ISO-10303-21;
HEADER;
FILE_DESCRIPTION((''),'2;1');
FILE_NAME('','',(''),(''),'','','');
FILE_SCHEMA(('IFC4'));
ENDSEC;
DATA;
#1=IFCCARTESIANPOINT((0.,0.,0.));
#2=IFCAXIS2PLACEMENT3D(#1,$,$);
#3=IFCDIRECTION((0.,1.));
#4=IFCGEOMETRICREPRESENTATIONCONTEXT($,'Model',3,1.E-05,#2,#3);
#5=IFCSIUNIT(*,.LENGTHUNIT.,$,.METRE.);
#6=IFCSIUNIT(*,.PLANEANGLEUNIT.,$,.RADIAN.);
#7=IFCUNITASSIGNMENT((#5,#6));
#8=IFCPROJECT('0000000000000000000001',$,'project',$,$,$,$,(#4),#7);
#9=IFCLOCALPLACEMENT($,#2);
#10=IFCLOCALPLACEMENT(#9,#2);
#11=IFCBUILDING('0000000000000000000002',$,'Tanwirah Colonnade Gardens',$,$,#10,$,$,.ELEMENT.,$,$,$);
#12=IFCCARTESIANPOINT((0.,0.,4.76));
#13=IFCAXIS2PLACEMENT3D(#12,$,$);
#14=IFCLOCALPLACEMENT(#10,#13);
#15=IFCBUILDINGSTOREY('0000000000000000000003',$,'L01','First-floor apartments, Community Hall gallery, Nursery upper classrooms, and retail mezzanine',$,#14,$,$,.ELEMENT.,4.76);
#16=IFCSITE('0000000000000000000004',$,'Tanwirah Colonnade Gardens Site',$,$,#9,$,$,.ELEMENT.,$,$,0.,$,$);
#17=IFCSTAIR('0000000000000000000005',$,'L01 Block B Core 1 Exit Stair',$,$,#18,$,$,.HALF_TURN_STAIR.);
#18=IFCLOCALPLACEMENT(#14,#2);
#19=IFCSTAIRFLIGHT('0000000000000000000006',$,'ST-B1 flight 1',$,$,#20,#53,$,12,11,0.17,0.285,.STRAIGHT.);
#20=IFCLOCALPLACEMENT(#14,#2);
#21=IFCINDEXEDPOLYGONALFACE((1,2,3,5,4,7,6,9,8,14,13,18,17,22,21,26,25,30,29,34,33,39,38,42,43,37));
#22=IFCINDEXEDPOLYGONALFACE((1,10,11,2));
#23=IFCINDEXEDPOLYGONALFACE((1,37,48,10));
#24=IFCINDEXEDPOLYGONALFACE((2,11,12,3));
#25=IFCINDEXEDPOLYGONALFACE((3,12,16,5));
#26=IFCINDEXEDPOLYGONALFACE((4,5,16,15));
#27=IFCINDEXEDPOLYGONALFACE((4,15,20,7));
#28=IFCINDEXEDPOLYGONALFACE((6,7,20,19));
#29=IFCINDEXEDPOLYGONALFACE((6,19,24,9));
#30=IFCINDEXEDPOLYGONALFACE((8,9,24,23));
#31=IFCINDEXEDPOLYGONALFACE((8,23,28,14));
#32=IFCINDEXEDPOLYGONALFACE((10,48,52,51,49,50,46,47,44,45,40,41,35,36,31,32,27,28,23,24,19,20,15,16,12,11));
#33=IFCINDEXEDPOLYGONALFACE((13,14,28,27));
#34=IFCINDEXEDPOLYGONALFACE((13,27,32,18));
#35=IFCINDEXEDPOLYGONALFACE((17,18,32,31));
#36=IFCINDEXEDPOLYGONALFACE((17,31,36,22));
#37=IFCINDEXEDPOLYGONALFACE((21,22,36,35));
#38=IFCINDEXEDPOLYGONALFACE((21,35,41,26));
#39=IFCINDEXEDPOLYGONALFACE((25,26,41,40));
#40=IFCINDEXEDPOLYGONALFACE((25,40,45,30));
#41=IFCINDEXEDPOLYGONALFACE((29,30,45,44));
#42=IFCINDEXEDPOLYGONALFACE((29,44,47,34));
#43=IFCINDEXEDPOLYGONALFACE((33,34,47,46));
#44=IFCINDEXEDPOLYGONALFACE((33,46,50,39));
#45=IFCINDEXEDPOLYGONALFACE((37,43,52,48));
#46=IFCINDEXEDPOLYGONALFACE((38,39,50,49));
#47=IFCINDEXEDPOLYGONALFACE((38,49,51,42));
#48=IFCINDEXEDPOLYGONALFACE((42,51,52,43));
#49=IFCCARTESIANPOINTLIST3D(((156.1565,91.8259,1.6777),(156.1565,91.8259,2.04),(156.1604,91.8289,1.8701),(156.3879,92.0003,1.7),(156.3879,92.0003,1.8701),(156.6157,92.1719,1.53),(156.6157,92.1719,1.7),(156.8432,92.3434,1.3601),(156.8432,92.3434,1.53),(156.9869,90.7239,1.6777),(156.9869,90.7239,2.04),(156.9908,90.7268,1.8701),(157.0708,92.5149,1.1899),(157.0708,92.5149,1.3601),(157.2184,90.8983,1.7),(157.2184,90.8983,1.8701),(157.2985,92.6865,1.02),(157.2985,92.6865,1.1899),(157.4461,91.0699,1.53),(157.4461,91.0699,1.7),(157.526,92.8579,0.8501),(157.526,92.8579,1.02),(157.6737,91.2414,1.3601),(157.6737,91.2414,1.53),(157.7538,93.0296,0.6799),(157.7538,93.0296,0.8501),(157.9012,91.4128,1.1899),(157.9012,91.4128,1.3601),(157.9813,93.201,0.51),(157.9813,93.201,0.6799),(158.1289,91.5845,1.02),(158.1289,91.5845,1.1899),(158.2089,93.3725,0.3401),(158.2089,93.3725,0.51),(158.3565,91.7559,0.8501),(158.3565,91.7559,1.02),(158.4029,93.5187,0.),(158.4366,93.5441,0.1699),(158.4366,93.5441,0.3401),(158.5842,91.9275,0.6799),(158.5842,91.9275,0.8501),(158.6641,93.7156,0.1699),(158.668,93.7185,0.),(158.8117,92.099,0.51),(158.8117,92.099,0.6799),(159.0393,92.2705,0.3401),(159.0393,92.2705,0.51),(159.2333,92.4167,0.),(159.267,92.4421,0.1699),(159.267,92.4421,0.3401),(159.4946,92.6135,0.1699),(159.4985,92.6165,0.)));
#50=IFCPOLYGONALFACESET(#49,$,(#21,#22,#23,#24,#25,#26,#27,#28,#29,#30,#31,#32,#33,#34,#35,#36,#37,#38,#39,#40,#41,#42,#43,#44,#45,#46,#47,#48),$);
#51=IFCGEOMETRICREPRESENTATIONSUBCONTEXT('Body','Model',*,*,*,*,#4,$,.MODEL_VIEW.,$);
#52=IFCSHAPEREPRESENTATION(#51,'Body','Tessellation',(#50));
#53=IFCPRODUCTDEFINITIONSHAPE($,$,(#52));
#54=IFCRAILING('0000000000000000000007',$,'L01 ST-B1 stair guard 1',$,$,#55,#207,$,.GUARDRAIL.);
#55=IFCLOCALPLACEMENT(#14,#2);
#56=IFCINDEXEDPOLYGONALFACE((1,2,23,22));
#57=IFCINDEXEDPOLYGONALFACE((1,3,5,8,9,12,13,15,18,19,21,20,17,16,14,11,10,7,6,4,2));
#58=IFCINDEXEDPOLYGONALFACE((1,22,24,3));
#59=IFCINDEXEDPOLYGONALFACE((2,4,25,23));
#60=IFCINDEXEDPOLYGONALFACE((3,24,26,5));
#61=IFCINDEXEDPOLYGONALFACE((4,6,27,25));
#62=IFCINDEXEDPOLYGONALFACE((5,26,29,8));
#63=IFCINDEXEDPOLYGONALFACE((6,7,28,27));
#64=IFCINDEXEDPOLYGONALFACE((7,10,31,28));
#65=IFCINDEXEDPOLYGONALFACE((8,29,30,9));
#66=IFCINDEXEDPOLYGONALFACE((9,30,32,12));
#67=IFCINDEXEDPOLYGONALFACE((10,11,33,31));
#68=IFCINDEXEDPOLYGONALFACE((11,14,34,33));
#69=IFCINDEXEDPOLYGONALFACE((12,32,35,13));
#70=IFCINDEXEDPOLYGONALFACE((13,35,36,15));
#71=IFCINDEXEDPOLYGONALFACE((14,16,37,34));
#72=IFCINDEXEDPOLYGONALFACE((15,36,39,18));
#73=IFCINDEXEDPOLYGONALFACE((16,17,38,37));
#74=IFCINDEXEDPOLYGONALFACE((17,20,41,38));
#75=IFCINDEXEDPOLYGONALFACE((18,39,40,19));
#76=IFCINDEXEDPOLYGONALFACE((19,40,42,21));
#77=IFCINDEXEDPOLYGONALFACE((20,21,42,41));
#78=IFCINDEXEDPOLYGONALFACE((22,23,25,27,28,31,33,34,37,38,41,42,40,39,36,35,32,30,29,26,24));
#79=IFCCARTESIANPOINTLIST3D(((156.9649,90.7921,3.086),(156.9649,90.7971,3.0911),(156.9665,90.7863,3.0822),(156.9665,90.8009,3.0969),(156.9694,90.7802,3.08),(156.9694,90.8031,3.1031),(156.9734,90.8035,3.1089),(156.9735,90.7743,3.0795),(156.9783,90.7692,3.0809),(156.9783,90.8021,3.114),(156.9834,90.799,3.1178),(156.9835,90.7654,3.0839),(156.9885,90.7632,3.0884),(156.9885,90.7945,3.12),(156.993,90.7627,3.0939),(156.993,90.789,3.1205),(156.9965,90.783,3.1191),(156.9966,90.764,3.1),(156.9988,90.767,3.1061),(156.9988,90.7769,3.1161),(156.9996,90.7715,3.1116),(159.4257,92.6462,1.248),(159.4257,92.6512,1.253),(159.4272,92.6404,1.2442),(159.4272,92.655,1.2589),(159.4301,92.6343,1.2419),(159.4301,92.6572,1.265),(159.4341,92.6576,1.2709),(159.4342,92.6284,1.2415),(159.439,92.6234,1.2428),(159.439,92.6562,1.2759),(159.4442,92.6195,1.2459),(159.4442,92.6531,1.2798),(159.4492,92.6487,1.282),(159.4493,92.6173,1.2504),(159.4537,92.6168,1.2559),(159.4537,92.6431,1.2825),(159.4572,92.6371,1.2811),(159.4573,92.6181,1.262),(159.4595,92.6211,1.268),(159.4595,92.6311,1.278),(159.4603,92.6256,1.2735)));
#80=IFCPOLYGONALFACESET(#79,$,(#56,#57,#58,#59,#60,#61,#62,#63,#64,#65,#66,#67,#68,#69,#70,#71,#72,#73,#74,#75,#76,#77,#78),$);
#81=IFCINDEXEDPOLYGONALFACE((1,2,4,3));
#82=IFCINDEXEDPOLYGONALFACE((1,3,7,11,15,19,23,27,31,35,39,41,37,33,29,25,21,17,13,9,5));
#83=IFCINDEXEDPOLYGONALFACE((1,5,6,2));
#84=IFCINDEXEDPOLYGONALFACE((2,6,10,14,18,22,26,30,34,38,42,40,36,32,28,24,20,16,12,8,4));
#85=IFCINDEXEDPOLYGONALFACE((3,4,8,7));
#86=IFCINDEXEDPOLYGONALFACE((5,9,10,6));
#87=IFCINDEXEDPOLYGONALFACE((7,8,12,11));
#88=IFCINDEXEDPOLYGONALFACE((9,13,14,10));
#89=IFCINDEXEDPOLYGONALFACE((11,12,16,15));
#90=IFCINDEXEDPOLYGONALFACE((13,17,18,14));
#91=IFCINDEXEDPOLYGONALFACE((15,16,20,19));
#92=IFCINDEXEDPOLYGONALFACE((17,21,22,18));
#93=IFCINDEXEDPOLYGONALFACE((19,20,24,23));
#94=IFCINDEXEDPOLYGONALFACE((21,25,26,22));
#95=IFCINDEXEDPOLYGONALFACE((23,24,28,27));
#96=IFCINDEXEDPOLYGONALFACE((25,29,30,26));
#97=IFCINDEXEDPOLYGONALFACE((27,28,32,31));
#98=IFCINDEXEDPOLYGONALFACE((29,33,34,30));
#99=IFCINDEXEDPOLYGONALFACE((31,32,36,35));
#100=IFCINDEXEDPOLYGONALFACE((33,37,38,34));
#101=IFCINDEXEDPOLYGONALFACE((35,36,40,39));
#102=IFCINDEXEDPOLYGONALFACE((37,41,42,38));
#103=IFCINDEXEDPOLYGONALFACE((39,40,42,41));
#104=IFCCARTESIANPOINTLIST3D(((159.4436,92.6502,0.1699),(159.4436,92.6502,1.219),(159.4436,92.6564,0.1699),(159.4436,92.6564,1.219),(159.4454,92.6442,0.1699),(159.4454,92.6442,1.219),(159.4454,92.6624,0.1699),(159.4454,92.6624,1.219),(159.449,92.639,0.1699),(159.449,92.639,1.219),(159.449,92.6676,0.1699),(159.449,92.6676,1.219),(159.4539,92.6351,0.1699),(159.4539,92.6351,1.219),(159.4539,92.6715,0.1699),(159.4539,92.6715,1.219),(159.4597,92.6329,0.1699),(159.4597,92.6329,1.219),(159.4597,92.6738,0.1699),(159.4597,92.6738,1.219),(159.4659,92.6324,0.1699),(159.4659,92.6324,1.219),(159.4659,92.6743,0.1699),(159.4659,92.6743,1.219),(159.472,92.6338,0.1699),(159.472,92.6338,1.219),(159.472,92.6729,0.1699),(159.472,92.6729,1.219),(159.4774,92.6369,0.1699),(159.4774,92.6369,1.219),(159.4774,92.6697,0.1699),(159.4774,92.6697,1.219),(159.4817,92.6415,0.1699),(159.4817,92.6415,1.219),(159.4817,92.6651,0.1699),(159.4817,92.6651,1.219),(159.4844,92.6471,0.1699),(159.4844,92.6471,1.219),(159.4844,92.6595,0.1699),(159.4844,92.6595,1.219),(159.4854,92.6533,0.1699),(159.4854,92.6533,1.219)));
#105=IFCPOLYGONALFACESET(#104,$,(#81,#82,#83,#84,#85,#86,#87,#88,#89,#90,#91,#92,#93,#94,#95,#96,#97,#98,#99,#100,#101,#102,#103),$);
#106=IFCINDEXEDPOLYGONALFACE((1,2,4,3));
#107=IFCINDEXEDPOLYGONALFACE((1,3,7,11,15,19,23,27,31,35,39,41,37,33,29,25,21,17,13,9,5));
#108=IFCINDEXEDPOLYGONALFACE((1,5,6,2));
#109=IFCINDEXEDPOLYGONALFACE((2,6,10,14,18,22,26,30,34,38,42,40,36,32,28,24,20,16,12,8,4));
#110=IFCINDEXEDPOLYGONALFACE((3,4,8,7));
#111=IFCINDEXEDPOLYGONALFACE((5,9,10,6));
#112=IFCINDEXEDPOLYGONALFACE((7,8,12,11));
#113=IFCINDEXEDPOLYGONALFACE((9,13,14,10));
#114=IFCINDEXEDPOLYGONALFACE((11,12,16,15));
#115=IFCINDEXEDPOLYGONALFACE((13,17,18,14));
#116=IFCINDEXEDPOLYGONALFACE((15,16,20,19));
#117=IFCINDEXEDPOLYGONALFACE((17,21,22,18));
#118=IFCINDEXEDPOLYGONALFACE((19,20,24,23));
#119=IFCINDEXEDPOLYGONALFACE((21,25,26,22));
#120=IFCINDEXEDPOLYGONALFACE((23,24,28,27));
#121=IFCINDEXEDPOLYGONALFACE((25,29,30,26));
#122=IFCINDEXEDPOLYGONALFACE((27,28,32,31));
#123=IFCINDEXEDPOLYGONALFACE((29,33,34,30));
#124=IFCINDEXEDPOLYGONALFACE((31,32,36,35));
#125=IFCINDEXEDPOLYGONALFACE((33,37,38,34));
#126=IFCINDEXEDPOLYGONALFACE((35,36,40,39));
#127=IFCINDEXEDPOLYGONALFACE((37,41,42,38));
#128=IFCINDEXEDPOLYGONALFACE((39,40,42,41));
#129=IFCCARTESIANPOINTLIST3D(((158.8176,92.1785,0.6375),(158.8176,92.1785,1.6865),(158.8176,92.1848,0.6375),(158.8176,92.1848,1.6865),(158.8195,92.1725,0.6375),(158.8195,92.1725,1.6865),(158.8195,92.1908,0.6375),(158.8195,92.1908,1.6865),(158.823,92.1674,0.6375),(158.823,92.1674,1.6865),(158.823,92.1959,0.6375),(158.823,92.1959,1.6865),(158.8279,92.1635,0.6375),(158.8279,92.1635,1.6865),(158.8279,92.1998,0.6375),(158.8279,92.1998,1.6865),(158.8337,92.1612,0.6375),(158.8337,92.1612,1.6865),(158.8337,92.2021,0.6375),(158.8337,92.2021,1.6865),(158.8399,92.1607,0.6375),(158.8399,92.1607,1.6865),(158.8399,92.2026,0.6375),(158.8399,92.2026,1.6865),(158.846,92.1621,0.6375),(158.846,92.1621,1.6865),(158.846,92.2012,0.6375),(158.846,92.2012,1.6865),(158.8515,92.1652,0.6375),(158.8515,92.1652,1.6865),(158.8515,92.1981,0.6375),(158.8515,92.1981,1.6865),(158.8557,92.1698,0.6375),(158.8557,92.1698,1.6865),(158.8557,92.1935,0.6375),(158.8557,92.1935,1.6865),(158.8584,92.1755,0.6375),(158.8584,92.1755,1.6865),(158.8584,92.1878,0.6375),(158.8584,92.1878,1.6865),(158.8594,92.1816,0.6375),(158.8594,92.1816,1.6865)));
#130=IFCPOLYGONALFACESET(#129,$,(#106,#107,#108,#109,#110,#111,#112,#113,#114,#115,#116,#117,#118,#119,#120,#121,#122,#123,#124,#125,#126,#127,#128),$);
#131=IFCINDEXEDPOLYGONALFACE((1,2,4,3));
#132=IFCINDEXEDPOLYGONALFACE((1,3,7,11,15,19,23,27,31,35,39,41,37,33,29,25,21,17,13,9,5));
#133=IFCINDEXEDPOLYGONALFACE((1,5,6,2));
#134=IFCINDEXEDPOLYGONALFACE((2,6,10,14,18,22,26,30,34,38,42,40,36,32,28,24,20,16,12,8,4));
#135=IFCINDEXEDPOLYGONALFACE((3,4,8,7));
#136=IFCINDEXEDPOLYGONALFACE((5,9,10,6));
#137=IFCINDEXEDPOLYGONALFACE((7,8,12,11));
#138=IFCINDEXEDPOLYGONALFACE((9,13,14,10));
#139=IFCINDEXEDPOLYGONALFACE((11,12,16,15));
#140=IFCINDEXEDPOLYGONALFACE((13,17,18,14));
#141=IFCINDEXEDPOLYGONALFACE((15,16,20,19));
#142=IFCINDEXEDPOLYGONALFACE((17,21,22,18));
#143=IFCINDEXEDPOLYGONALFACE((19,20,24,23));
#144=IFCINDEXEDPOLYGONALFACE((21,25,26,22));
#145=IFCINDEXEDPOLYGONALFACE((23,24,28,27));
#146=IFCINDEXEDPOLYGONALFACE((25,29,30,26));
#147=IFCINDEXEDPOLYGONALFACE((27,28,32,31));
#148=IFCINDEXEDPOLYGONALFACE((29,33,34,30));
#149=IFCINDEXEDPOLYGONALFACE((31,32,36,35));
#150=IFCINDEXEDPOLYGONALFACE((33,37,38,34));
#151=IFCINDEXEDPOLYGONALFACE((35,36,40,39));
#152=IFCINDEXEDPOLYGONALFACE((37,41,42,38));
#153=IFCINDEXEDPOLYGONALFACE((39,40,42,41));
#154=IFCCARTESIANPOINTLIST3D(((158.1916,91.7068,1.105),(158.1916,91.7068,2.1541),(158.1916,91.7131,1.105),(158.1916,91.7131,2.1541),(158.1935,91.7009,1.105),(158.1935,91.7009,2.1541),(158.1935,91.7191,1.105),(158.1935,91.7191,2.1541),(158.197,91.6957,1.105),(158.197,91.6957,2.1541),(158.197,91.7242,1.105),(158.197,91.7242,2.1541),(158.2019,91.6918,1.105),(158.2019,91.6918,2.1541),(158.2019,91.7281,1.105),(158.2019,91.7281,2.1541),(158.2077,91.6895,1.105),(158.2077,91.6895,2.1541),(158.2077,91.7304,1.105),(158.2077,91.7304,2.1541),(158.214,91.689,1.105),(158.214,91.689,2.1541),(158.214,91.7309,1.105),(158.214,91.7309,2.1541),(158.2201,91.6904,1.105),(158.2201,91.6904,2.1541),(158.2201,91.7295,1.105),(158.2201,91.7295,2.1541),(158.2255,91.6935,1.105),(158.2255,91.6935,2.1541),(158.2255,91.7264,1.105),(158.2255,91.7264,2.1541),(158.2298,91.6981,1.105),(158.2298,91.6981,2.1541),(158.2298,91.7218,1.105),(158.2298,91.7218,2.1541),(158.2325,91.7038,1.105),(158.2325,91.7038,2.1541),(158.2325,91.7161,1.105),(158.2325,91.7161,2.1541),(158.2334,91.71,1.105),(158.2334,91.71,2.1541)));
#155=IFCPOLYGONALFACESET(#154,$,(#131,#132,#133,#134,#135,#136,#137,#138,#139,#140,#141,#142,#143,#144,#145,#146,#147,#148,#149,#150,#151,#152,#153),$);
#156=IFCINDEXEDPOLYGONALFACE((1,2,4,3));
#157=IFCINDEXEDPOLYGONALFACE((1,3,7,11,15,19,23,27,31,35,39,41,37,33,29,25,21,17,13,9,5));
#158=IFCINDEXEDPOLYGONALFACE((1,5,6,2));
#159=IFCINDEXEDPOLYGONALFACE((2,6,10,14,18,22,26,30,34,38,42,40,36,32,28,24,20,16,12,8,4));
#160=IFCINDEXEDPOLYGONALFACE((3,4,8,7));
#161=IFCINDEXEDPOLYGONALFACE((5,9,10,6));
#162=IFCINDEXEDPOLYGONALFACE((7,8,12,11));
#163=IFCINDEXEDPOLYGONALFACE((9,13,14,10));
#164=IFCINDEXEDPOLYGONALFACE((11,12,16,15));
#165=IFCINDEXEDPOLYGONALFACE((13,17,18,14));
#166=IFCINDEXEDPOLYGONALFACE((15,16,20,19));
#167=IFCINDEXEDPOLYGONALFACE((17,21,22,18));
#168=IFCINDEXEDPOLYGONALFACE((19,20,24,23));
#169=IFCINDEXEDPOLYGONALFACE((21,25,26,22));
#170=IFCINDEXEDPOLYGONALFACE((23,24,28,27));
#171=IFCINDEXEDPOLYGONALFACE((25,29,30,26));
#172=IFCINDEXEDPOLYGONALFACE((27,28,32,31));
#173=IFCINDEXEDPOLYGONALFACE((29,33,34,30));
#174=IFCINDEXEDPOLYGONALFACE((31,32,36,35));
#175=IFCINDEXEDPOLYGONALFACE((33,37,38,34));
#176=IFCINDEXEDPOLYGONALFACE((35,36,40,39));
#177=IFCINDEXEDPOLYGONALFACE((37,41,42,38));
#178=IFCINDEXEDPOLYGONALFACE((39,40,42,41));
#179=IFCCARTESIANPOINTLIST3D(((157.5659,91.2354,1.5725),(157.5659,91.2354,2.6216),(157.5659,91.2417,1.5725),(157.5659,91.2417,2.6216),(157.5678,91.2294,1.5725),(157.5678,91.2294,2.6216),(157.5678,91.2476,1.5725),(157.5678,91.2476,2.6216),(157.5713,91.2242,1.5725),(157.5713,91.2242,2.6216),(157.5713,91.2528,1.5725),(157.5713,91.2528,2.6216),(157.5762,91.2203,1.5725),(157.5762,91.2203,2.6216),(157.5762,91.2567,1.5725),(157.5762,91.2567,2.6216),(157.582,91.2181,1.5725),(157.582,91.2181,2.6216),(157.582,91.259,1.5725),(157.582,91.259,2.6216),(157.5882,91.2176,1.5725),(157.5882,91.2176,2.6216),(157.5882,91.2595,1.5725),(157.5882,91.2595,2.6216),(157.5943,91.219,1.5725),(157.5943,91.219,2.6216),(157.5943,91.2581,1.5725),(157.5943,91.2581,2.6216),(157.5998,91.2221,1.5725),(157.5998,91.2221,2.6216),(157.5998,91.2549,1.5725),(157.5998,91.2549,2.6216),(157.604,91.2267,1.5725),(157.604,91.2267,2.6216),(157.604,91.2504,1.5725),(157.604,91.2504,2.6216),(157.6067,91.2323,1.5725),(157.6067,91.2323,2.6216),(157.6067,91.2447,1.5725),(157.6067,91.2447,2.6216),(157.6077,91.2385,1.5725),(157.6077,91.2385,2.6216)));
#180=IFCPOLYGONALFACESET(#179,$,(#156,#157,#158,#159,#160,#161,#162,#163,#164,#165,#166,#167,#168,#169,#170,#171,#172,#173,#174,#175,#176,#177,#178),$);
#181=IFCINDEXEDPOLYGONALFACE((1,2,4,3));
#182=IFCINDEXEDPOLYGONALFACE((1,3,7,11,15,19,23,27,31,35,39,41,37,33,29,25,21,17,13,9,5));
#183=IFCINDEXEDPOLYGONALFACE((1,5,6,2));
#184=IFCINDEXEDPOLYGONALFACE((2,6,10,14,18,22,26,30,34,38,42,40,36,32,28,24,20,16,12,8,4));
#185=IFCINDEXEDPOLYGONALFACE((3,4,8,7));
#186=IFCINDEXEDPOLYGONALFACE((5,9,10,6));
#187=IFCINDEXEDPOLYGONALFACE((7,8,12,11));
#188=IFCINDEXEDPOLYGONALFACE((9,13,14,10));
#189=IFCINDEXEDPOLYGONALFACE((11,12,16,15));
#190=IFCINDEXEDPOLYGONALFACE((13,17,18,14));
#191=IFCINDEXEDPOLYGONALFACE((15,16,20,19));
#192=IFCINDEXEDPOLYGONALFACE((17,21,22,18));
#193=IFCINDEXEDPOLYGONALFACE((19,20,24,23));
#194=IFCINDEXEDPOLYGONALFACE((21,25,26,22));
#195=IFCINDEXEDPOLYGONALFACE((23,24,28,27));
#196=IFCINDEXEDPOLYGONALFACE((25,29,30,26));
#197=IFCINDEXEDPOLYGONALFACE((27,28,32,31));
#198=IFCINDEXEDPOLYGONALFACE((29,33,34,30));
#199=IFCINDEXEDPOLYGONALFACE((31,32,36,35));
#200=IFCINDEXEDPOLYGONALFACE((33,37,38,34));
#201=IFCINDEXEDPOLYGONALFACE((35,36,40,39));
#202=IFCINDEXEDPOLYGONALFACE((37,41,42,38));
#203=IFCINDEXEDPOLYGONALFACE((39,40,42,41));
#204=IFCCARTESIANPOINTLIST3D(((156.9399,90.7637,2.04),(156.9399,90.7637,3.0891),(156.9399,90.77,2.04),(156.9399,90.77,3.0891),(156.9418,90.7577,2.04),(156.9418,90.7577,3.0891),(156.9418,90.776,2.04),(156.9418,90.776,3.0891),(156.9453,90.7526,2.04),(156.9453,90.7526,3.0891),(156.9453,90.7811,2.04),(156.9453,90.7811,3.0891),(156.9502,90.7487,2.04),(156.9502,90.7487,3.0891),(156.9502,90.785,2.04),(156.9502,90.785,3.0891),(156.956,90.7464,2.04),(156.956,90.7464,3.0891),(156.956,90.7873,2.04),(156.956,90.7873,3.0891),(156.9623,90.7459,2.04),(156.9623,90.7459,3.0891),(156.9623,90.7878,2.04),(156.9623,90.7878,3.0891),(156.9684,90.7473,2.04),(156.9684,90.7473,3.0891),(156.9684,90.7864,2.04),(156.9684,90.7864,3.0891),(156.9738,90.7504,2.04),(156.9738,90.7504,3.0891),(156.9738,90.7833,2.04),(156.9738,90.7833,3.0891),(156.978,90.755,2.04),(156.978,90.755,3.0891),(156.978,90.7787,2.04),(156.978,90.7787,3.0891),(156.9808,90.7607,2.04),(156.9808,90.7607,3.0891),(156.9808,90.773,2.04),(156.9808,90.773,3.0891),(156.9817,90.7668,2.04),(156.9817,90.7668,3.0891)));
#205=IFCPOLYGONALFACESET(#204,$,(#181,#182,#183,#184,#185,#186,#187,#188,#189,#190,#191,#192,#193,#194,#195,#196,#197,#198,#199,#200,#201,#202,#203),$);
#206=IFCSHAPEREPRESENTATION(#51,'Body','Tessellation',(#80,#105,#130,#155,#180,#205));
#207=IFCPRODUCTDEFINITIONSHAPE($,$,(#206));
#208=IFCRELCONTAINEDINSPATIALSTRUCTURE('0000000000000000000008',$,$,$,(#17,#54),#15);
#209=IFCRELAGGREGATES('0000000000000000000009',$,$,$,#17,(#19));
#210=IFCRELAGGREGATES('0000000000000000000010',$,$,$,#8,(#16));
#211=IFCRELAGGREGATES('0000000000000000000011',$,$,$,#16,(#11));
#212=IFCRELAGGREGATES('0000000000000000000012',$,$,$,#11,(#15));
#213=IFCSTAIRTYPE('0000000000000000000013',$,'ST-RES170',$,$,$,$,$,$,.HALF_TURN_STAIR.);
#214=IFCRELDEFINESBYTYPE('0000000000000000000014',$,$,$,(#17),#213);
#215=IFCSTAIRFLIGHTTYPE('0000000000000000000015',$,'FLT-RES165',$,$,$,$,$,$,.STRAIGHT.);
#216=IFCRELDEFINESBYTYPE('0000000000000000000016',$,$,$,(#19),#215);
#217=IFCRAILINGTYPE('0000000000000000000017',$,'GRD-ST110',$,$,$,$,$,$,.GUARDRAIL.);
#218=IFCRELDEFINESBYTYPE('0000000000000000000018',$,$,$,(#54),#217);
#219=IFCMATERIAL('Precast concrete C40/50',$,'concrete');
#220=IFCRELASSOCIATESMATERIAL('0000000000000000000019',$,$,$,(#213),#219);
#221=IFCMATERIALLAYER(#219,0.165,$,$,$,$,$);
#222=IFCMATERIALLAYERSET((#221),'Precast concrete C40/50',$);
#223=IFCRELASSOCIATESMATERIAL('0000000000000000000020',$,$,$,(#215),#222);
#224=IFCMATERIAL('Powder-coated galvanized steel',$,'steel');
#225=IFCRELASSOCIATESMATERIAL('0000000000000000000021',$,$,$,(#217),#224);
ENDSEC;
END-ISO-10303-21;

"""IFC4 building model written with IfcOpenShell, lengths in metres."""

from ifc_helpers import new_model, si_unit, direction, frame, origin, origin_2d, place, context, subcontext, project, spatial, polyline, circle, outline, extrude, material, layer, layer_set, type_object, element, aggregate, save


model = new_model("IFC4")

# Units and contexts
model_context = context("Model", 3, precision=1e-05, world=origin(), true_north=direction((0.0, 1.0)))
body_context = subcontext(model_context, "Body", "Model", "MODEL_VIEW")
ifc_project = project(units=[si_unit("LENGTHUNIT", "METRE"), si_unit("PLANEANGLEUNIT", "RADIAN")], contexts=[model_context])

# Site, building, storey
site_placement = place(None, origin())
site = spatial("IfcSite", under=ifc_project, at=site_placement, Name="Tanwirah Colonnade Gardens Site", CompositionType="ELEMENT", RefElevation=0.0)
building_placement = place(site_placement, origin())
building = spatial("IfcBuilding", under=site, at=building_placement, Name="Tanwirah Colonnade Gardens", CompositionType="ELEMENT")
storey_placement = place(building_placement, frame((0.0, 0.0, 4.76)))
storey = spatial("IfcBuildingStorey", under=building, at=storey_placement, Name="L01", Description="First-floor apartments, Community Hall gallery, Nursery upper classrooms, and retail mezzanine", CompositionType="ELEMENT", Elevation=4.76)

# Shared definitions
ifc_material_1 = material(Name="Precast concrete C40/50", Category="concrete")

# Stair, stair flight
stair_type = type_object("IfcStairType", Name="ST-RES170", PredefinedType="HALF_TURN_STAIR", material=ifc_material_1)
stair_placement = place(storey_placement, origin())
stair = element("IfcStair", 1, at=stair_placement, inside=storey, type_object=stair_type, Name="L01 Block B Core 1 Exit Stair", PredefinedType="HALF_TURN_STAIR")
ifc_layer_1 = layer(ifc_material_1, 0.165)
ifc_layer_set_1 = layer_set([ifc_layer_1], Name="Precast concrete C40/50")
stair_flight_type = type_object("IfcStairFlightType", Name="FLT-RES165", PredefinedType="STRAIGHT", material=ifc_layer_set_1)
stair_flight_placement = place(storey_placement, frame((159.0793, 93.1646, 0.0), z_axis=(0.0, 0.0, 1.0), x_axis=(-0.798636, -0.601815, 0.0)))
stair_flight = element("IfcStairFlight", 2, at=stair_flight_placement, type_object=stair_flight_type, Name="ST-B1 flight 1", NumberOfRisers=12, NumberOfTreads=11, PredefinedType="STRAIGHT", RiserHeight=0.17, TreadLength=0.285, context=body_context, shape_type="SweptSolid", body=[
    extrude(outline(polyline([(-0.0049, 0.0), (0.0, 0.1699), (0.2849, 0.1699), (0.2849, 0.3401), (0.5701, 0.3401), (0.5701, 0.51), (0.855, 0.51), (0.855, 0.6799), (1.1399, 0.6799), (1.1399, 0.8501), (1.425, 0.8501), (1.425, 1.02), (1.71, 1.02), (1.71, 1.1899), (1.9951, 1.1899), (1.9951, 1.3601), (2.28, 1.3601), (2.28, 1.53), (2.5649, 1.53), (2.5649, 1.7), (2.8501, 1.7), (2.8501, 1.8701), (3.135, 1.8701), (3.1399, 2.04), (3.1399, 1.6777), (0.3271, 0.0), (-0.0049, 0.0)])), frame((0.0, 0.6899, 0.0), z_axis=(0.0, -1.0, 0.0), x_axis=(1.0, 0.0, 0.0)), (0.0, 0.0, 1.0), 1.3799),
])
aggregate(stair, [stair_flight])

# Railing
ifc_material_2 = material(Name="Powder-coated galvanized steel", Category="steel")
railing_type_1 = type_object("IfcRailingType", Name="GRD-ST110", PredefinedType="GUARDRAIL", material=ifc_material_2)
railing_1_placement = place(storey_placement, frame((159.4644, 92.6533, 0.1699)))
element("IfcRailing", 3, at=railing_1_placement, inside=storey, type_object=railing_type_1, Name="L01 ST-B1 stair guard 1", PredefinedType="GUARDRAIL", context=body_context, shape_type="SweptSolid", body=[
    extrude(circle(Radius=0.0239, at=origin_2d()), frame((-0.0215, -0.0161, 1.092), z_axis=(-0.685885, -0.516805, 0.512323), x_axis=(0.60178, -0.798662, 0.0)), (0.0, 0.0, 1.0), 3.5876),
    extrude(circle(Radius=0.021, at=origin_2d()), origin(), (0.0, 0.0, 1.0), 1.0491),
    extrude(circle(Radius=0.021, at=origin_2d()), frame((-0.626, -0.4717, 0.4675)), (0.0, 0.0, 1.0), 1.0491),
    extrude(circle(Radius=0.021, at=origin_2d()), frame((-1.252, -0.9434, 0.9351)), (0.0, 0.0, 1.0), 1.0491),
    extrude(circle(Radius=0.021, at=origin_2d()), frame((-1.8777, -1.4148, 1.4026)), (0.0, 0.0, 1.0), 1.0491),
    extrude(circle(Radius=0.021, at=origin_2d()), frame((-2.5037, -1.8865, 1.8701)), (0.0, 0.0, 1.0), 1.0491),
])

save(model, "model.ifc")
